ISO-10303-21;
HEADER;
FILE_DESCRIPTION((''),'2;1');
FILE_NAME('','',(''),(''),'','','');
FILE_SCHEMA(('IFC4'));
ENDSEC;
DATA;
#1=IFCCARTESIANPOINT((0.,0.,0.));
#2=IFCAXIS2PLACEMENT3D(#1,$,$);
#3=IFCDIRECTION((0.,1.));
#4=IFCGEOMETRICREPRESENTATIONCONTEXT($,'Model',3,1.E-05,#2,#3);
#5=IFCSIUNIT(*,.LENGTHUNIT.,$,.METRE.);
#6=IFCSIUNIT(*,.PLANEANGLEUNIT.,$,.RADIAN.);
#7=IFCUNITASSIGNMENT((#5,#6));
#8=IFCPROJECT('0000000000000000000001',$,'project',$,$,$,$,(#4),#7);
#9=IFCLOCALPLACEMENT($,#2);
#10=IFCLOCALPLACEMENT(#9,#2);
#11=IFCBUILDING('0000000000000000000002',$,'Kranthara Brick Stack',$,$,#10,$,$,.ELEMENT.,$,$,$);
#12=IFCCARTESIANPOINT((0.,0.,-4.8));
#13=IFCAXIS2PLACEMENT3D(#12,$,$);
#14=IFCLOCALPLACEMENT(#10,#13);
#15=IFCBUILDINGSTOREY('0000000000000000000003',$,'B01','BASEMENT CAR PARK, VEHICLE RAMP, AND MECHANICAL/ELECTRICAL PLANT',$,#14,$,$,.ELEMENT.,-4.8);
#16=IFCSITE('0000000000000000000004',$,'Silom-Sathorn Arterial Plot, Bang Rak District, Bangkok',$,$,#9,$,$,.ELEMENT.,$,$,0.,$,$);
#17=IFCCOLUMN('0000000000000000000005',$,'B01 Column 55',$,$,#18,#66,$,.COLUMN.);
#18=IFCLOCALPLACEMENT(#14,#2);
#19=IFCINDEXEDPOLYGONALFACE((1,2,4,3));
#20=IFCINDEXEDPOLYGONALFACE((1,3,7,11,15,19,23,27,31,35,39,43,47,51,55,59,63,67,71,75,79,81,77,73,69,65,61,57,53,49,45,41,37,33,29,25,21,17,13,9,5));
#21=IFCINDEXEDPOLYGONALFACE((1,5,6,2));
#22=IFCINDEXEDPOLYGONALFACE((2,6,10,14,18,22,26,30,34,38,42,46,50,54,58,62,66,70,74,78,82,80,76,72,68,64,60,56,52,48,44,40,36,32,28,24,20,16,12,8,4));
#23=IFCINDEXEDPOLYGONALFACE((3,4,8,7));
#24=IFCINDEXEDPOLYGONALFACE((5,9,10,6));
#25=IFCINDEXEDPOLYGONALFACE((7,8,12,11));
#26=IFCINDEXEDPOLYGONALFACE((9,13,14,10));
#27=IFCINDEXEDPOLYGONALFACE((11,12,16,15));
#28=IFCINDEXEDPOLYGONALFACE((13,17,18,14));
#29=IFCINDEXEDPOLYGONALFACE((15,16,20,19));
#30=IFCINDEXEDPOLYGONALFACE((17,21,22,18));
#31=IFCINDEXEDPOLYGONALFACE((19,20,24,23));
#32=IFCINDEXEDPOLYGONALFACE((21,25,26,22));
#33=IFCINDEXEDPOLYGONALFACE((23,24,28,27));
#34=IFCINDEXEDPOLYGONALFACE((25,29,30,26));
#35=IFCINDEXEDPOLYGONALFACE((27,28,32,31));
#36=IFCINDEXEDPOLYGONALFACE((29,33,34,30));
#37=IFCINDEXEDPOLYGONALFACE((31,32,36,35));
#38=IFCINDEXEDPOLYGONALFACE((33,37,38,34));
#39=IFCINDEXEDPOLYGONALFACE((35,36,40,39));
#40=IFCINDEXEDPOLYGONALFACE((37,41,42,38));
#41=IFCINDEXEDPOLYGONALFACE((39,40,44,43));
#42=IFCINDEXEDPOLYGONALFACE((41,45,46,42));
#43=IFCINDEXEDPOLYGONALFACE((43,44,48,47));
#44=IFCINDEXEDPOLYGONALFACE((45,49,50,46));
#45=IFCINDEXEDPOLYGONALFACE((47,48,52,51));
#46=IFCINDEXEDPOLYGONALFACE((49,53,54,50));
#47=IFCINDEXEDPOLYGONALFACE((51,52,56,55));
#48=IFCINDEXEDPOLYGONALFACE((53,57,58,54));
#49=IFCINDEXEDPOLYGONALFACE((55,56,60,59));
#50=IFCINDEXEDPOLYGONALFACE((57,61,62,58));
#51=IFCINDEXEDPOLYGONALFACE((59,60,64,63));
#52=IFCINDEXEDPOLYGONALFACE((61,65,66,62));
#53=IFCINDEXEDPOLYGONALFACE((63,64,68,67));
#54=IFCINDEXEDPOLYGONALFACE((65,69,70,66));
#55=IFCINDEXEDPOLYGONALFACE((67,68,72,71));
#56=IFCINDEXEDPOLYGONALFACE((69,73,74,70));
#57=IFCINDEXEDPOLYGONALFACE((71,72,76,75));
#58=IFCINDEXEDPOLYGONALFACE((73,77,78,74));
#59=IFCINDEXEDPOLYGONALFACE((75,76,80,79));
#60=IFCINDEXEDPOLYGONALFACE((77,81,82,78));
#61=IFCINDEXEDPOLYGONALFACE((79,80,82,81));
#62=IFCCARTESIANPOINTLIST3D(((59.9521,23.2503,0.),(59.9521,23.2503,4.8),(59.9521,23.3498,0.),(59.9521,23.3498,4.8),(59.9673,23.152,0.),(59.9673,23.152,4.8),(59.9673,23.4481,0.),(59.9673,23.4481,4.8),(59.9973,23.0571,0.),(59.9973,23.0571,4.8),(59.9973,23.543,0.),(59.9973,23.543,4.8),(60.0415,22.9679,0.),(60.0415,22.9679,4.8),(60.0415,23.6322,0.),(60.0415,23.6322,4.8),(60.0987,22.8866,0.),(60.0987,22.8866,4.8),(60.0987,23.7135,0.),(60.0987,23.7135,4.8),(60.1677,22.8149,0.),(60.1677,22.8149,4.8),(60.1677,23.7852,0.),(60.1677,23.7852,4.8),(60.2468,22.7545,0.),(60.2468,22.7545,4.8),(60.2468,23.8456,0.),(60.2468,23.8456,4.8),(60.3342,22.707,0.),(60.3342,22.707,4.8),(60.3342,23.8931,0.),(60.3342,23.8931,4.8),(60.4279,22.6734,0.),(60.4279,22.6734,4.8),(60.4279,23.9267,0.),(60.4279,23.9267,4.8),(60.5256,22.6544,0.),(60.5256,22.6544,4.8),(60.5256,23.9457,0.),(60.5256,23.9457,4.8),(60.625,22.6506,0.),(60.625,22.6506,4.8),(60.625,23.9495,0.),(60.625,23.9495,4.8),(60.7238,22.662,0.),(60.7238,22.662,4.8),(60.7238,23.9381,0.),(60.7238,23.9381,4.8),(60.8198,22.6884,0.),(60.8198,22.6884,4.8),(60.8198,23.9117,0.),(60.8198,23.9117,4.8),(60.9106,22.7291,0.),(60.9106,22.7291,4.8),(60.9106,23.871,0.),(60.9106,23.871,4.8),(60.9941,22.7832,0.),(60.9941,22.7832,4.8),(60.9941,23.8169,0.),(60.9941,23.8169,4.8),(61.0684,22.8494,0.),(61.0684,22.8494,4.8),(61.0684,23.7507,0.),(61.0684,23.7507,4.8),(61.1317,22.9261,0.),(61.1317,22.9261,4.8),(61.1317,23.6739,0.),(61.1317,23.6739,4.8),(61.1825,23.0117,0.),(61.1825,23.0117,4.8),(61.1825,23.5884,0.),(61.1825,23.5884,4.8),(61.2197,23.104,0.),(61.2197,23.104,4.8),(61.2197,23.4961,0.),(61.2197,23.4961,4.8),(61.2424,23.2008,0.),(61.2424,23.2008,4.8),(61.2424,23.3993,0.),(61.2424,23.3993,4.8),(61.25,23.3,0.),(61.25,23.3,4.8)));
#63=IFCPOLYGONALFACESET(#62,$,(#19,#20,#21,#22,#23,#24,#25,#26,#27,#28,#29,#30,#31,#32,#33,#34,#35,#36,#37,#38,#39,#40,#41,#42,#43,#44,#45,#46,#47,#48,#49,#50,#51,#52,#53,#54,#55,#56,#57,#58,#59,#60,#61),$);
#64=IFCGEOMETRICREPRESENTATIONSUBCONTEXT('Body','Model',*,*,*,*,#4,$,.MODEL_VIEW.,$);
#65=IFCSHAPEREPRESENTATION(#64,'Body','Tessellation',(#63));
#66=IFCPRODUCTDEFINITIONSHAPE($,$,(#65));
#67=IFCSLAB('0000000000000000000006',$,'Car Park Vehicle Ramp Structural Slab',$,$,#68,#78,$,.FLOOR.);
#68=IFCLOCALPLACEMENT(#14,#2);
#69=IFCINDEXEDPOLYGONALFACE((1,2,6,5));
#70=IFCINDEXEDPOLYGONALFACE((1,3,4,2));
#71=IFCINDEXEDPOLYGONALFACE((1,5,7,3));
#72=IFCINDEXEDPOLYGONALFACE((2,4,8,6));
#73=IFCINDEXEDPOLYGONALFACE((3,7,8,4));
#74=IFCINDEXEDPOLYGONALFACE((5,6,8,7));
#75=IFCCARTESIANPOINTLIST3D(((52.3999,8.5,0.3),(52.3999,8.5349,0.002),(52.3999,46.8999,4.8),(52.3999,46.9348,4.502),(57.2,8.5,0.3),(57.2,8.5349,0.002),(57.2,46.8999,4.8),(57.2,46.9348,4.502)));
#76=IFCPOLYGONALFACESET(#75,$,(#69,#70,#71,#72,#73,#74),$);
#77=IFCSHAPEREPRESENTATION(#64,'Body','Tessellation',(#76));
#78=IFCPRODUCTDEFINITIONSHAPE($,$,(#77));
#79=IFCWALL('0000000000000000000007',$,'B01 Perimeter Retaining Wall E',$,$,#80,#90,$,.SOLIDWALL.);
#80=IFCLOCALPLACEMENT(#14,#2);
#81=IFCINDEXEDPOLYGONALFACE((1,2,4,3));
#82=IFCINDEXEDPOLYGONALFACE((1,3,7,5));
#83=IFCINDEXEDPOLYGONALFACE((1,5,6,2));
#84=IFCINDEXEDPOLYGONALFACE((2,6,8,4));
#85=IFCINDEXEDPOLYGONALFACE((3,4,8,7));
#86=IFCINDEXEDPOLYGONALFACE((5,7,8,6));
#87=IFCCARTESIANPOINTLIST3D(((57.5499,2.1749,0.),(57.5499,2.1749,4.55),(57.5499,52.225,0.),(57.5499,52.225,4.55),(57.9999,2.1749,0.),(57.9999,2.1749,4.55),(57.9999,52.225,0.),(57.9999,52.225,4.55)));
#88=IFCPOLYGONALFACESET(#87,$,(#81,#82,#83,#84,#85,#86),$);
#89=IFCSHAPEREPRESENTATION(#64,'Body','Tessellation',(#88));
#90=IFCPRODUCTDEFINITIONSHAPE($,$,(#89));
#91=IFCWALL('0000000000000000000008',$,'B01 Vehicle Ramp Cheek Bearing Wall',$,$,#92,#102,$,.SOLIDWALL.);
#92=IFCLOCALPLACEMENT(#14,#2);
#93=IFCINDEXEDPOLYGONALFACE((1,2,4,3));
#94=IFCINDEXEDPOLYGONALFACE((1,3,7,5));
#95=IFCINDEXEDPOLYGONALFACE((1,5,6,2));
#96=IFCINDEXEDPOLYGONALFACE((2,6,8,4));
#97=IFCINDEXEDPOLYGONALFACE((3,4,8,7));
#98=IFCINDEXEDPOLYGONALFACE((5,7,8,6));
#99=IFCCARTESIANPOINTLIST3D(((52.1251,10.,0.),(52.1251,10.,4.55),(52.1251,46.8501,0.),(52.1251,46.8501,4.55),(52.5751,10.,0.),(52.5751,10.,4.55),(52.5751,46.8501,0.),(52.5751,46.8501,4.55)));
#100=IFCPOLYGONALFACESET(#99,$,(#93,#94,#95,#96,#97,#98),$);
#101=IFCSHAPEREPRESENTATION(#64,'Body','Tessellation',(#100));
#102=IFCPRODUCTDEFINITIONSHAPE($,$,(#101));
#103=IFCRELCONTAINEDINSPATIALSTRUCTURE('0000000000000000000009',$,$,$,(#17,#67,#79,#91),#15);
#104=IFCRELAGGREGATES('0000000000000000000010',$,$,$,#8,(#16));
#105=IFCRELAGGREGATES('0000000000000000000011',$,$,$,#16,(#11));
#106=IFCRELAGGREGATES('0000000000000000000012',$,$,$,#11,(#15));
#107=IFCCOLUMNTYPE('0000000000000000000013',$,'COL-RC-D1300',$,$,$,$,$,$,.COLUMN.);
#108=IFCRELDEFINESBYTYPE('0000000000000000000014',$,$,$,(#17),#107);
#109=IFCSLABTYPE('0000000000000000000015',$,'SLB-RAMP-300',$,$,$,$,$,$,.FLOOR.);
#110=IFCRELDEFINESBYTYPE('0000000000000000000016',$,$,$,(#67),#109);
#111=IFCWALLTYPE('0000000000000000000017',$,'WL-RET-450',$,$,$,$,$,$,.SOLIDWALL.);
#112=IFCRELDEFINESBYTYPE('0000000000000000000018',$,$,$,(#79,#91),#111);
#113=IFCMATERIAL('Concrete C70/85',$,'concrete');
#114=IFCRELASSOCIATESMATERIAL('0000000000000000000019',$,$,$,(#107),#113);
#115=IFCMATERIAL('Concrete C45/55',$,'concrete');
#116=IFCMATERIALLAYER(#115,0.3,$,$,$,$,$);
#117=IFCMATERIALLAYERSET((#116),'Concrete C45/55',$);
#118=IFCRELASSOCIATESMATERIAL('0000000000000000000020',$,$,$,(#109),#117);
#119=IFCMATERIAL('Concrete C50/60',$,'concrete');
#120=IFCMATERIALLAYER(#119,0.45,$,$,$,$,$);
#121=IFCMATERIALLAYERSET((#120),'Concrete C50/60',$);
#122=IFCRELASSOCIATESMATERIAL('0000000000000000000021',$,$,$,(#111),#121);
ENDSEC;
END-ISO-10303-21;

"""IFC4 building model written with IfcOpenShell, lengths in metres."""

from ifc_helpers import new_model, si_unit, direction, frame, frame_2d, origin, origin_2d, place, context, subcontext, project, spatial, polyline, rectangle, circle, outline, extrude, material, layer, layer_set, material_profile, profile_set, type_object, element, save


model = new_model("IFC4")

# Units and contexts
model_context = context("Model", 3, precision=1e-05, world=origin(), true_north=direction((0.0, 1.0)))
body_context = subcontext(model_context, "Body", "Model", "MODEL_VIEW")
ifc_project = project(units=[si_unit("LENGTHUNIT", "METRE"), si_unit("PLANEANGLEUNIT", "RADIAN")], contexts=[model_context])

# Site, building, storey
site_placement = place(None, origin())
site = spatial("IfcSite", under=ifc_project, at=site_placement, Name="Silom-Sathorn Arterial Plot, Bang Rak District, Bangkok", CompositionType="ELEMENT", RefElevation=0.0)
building_placement = place(site_placement, origin())
building = spatial("IfcBuilding", under=site, at=building_placement, Name="Kranthara Brick Stack", CompositionType="ELEMENT")
storey_placement = place(building_placement, frame((0.0, 0.0, -4.8)))
storey = spatial("IfcBuildingStorey", under=building, at=storey_placement, Name="B01", Description="BASEMENT CAR PARK, VEHICLE RAMP, AND MECHANICAL/ELECTRICAL PLANT", CompositionType="ELEMENT", Elevation=-4.8)

# Column
ifc_material_1 = material(Name="Concrete C70/85", Category="concrete")
ifc_material_profile_1 = material_profile(ifc_material_1, circle(Radius=0.6499, at=origin_2d()), Name="RC D1300")
ifc_profile_set_1 = profile_set([ifc_material_profile_1], Name="Concrete C70/85")
column_type_1 = type_object("IfcColumnType", Name="COL-RC-D1300", PredefinedType="COLUMN", material=ifc_profile_set_1)
for number, where, z_axis, x_axis, name in (
    (1, (60.6001, 23.3, 0.0), (0.0, 0.0, 1.0), (1.0, 0.0, 0.0), "B01 Column 55"),
):
    element("IfcColumn", number, at=place(storey_placement, frame(where, z_axis=z_axis, x_axis=x_axis)), inside=storey, type_object=column_type_1, Name=name, PredefinedType="COLUMN", context=body_context, shape_type="SweptSolid", body=[
        extrude(circle(Radius=0.6499, at=origin_2d()), origin(), (0.0, 0.0, 1.0), 4.8),
    ])

# Slab
ifc_material_2 = material(Name="Concrete C45/55", Category="concrete")
ifc_layer_1 = layer(ifc_material_2, 0.3)
ifc_layer_set_1 = layer_set([ifc_layer_1], Name="Concrete C45/55")
slab_type = type_object("IfcSlabType", Name="SLB-RAMP-300", PredefinedType="FLOOR", material=ifc_layer_set_1)
slab_placement = place(storey_placement, frame((52.3999, 8.5, 0.3), z_axis=(0.0, -0.116391, 0.993203), x_axis=(1.0, 0.0, 0.0)))
element("IfcSlab", 2, at=slab_placement, inside=storey, type_object=slab_type, Name="Car Park Vehicle Ramp Structural Slab", PredefinedType="FLOOR", context=body_context, shape_type="SweptSolid", body=[
    extrude(outline(polyline([(0.0, 0.0), (4.8, 0.0), (4.8, 38.6627), (0.0, 38.6627), (0.0, 0.0)])), origin(), (0.0, 0.0, -1.0), 0.3),
])

# Walls
ifc_material_3 = material(Name="Concrete C50/60", Category="concrete")
ifc_layer_2 = layer(ifc_material_3, 0.45)
ifc_layer_set_2 = layer_set([ifc_layer_2], Name="Concrete C50/60")
wall_type = type_object("IfcWallType", Name="WL-RET-450", PredefinedType="SOLIDWALL", material=ifc_layer_set_2)
wall_1_placement = place(storey_placement, frame((57.7749, 2.175, 0.0), z_axis=(0.0, 0.0, 1.0), x_axis=(0.0, 1.0, 0.0)))
element("IfcWall", 3, at=wall_1_placement, inside=storey, type_object=wall_type, Name="B01 Perimeter Retaining Wall E", PredefinedType="SOLIDWALL", context=body_context, shape_type="SweptSolid", body=[
    extrude(rectangle(XDim=50.05, YDim=0.45, at=frame_2d((25.0249, 0.0))), origin(), (0.0, 0.0, 1.0), 4.55),
])
wall_2_placement = place(storey_placement, frame((52.3501, 10.0, 0.0), z_axis=(0.0, 0.0, 1.0), x_axis=(0.0, 1.0, 0.0)))
element("IfcWall", 4, at=wall_2_placement, inside=storey, type_object=wall_type, Name="B01 Vehicle Ramp Cheek Bearing Wall", PredefinedType="SOLIDWALL", context=body_context, shape_type="SweptSolid", body=[
    extrude(rectangle(XDim=36.8501, YDim=0.45, at=frame_2d((18.425, 0.0))), origin(), (0.0, 0.0, 1.0), 4.55),
])

save(model, "model.ifc")
